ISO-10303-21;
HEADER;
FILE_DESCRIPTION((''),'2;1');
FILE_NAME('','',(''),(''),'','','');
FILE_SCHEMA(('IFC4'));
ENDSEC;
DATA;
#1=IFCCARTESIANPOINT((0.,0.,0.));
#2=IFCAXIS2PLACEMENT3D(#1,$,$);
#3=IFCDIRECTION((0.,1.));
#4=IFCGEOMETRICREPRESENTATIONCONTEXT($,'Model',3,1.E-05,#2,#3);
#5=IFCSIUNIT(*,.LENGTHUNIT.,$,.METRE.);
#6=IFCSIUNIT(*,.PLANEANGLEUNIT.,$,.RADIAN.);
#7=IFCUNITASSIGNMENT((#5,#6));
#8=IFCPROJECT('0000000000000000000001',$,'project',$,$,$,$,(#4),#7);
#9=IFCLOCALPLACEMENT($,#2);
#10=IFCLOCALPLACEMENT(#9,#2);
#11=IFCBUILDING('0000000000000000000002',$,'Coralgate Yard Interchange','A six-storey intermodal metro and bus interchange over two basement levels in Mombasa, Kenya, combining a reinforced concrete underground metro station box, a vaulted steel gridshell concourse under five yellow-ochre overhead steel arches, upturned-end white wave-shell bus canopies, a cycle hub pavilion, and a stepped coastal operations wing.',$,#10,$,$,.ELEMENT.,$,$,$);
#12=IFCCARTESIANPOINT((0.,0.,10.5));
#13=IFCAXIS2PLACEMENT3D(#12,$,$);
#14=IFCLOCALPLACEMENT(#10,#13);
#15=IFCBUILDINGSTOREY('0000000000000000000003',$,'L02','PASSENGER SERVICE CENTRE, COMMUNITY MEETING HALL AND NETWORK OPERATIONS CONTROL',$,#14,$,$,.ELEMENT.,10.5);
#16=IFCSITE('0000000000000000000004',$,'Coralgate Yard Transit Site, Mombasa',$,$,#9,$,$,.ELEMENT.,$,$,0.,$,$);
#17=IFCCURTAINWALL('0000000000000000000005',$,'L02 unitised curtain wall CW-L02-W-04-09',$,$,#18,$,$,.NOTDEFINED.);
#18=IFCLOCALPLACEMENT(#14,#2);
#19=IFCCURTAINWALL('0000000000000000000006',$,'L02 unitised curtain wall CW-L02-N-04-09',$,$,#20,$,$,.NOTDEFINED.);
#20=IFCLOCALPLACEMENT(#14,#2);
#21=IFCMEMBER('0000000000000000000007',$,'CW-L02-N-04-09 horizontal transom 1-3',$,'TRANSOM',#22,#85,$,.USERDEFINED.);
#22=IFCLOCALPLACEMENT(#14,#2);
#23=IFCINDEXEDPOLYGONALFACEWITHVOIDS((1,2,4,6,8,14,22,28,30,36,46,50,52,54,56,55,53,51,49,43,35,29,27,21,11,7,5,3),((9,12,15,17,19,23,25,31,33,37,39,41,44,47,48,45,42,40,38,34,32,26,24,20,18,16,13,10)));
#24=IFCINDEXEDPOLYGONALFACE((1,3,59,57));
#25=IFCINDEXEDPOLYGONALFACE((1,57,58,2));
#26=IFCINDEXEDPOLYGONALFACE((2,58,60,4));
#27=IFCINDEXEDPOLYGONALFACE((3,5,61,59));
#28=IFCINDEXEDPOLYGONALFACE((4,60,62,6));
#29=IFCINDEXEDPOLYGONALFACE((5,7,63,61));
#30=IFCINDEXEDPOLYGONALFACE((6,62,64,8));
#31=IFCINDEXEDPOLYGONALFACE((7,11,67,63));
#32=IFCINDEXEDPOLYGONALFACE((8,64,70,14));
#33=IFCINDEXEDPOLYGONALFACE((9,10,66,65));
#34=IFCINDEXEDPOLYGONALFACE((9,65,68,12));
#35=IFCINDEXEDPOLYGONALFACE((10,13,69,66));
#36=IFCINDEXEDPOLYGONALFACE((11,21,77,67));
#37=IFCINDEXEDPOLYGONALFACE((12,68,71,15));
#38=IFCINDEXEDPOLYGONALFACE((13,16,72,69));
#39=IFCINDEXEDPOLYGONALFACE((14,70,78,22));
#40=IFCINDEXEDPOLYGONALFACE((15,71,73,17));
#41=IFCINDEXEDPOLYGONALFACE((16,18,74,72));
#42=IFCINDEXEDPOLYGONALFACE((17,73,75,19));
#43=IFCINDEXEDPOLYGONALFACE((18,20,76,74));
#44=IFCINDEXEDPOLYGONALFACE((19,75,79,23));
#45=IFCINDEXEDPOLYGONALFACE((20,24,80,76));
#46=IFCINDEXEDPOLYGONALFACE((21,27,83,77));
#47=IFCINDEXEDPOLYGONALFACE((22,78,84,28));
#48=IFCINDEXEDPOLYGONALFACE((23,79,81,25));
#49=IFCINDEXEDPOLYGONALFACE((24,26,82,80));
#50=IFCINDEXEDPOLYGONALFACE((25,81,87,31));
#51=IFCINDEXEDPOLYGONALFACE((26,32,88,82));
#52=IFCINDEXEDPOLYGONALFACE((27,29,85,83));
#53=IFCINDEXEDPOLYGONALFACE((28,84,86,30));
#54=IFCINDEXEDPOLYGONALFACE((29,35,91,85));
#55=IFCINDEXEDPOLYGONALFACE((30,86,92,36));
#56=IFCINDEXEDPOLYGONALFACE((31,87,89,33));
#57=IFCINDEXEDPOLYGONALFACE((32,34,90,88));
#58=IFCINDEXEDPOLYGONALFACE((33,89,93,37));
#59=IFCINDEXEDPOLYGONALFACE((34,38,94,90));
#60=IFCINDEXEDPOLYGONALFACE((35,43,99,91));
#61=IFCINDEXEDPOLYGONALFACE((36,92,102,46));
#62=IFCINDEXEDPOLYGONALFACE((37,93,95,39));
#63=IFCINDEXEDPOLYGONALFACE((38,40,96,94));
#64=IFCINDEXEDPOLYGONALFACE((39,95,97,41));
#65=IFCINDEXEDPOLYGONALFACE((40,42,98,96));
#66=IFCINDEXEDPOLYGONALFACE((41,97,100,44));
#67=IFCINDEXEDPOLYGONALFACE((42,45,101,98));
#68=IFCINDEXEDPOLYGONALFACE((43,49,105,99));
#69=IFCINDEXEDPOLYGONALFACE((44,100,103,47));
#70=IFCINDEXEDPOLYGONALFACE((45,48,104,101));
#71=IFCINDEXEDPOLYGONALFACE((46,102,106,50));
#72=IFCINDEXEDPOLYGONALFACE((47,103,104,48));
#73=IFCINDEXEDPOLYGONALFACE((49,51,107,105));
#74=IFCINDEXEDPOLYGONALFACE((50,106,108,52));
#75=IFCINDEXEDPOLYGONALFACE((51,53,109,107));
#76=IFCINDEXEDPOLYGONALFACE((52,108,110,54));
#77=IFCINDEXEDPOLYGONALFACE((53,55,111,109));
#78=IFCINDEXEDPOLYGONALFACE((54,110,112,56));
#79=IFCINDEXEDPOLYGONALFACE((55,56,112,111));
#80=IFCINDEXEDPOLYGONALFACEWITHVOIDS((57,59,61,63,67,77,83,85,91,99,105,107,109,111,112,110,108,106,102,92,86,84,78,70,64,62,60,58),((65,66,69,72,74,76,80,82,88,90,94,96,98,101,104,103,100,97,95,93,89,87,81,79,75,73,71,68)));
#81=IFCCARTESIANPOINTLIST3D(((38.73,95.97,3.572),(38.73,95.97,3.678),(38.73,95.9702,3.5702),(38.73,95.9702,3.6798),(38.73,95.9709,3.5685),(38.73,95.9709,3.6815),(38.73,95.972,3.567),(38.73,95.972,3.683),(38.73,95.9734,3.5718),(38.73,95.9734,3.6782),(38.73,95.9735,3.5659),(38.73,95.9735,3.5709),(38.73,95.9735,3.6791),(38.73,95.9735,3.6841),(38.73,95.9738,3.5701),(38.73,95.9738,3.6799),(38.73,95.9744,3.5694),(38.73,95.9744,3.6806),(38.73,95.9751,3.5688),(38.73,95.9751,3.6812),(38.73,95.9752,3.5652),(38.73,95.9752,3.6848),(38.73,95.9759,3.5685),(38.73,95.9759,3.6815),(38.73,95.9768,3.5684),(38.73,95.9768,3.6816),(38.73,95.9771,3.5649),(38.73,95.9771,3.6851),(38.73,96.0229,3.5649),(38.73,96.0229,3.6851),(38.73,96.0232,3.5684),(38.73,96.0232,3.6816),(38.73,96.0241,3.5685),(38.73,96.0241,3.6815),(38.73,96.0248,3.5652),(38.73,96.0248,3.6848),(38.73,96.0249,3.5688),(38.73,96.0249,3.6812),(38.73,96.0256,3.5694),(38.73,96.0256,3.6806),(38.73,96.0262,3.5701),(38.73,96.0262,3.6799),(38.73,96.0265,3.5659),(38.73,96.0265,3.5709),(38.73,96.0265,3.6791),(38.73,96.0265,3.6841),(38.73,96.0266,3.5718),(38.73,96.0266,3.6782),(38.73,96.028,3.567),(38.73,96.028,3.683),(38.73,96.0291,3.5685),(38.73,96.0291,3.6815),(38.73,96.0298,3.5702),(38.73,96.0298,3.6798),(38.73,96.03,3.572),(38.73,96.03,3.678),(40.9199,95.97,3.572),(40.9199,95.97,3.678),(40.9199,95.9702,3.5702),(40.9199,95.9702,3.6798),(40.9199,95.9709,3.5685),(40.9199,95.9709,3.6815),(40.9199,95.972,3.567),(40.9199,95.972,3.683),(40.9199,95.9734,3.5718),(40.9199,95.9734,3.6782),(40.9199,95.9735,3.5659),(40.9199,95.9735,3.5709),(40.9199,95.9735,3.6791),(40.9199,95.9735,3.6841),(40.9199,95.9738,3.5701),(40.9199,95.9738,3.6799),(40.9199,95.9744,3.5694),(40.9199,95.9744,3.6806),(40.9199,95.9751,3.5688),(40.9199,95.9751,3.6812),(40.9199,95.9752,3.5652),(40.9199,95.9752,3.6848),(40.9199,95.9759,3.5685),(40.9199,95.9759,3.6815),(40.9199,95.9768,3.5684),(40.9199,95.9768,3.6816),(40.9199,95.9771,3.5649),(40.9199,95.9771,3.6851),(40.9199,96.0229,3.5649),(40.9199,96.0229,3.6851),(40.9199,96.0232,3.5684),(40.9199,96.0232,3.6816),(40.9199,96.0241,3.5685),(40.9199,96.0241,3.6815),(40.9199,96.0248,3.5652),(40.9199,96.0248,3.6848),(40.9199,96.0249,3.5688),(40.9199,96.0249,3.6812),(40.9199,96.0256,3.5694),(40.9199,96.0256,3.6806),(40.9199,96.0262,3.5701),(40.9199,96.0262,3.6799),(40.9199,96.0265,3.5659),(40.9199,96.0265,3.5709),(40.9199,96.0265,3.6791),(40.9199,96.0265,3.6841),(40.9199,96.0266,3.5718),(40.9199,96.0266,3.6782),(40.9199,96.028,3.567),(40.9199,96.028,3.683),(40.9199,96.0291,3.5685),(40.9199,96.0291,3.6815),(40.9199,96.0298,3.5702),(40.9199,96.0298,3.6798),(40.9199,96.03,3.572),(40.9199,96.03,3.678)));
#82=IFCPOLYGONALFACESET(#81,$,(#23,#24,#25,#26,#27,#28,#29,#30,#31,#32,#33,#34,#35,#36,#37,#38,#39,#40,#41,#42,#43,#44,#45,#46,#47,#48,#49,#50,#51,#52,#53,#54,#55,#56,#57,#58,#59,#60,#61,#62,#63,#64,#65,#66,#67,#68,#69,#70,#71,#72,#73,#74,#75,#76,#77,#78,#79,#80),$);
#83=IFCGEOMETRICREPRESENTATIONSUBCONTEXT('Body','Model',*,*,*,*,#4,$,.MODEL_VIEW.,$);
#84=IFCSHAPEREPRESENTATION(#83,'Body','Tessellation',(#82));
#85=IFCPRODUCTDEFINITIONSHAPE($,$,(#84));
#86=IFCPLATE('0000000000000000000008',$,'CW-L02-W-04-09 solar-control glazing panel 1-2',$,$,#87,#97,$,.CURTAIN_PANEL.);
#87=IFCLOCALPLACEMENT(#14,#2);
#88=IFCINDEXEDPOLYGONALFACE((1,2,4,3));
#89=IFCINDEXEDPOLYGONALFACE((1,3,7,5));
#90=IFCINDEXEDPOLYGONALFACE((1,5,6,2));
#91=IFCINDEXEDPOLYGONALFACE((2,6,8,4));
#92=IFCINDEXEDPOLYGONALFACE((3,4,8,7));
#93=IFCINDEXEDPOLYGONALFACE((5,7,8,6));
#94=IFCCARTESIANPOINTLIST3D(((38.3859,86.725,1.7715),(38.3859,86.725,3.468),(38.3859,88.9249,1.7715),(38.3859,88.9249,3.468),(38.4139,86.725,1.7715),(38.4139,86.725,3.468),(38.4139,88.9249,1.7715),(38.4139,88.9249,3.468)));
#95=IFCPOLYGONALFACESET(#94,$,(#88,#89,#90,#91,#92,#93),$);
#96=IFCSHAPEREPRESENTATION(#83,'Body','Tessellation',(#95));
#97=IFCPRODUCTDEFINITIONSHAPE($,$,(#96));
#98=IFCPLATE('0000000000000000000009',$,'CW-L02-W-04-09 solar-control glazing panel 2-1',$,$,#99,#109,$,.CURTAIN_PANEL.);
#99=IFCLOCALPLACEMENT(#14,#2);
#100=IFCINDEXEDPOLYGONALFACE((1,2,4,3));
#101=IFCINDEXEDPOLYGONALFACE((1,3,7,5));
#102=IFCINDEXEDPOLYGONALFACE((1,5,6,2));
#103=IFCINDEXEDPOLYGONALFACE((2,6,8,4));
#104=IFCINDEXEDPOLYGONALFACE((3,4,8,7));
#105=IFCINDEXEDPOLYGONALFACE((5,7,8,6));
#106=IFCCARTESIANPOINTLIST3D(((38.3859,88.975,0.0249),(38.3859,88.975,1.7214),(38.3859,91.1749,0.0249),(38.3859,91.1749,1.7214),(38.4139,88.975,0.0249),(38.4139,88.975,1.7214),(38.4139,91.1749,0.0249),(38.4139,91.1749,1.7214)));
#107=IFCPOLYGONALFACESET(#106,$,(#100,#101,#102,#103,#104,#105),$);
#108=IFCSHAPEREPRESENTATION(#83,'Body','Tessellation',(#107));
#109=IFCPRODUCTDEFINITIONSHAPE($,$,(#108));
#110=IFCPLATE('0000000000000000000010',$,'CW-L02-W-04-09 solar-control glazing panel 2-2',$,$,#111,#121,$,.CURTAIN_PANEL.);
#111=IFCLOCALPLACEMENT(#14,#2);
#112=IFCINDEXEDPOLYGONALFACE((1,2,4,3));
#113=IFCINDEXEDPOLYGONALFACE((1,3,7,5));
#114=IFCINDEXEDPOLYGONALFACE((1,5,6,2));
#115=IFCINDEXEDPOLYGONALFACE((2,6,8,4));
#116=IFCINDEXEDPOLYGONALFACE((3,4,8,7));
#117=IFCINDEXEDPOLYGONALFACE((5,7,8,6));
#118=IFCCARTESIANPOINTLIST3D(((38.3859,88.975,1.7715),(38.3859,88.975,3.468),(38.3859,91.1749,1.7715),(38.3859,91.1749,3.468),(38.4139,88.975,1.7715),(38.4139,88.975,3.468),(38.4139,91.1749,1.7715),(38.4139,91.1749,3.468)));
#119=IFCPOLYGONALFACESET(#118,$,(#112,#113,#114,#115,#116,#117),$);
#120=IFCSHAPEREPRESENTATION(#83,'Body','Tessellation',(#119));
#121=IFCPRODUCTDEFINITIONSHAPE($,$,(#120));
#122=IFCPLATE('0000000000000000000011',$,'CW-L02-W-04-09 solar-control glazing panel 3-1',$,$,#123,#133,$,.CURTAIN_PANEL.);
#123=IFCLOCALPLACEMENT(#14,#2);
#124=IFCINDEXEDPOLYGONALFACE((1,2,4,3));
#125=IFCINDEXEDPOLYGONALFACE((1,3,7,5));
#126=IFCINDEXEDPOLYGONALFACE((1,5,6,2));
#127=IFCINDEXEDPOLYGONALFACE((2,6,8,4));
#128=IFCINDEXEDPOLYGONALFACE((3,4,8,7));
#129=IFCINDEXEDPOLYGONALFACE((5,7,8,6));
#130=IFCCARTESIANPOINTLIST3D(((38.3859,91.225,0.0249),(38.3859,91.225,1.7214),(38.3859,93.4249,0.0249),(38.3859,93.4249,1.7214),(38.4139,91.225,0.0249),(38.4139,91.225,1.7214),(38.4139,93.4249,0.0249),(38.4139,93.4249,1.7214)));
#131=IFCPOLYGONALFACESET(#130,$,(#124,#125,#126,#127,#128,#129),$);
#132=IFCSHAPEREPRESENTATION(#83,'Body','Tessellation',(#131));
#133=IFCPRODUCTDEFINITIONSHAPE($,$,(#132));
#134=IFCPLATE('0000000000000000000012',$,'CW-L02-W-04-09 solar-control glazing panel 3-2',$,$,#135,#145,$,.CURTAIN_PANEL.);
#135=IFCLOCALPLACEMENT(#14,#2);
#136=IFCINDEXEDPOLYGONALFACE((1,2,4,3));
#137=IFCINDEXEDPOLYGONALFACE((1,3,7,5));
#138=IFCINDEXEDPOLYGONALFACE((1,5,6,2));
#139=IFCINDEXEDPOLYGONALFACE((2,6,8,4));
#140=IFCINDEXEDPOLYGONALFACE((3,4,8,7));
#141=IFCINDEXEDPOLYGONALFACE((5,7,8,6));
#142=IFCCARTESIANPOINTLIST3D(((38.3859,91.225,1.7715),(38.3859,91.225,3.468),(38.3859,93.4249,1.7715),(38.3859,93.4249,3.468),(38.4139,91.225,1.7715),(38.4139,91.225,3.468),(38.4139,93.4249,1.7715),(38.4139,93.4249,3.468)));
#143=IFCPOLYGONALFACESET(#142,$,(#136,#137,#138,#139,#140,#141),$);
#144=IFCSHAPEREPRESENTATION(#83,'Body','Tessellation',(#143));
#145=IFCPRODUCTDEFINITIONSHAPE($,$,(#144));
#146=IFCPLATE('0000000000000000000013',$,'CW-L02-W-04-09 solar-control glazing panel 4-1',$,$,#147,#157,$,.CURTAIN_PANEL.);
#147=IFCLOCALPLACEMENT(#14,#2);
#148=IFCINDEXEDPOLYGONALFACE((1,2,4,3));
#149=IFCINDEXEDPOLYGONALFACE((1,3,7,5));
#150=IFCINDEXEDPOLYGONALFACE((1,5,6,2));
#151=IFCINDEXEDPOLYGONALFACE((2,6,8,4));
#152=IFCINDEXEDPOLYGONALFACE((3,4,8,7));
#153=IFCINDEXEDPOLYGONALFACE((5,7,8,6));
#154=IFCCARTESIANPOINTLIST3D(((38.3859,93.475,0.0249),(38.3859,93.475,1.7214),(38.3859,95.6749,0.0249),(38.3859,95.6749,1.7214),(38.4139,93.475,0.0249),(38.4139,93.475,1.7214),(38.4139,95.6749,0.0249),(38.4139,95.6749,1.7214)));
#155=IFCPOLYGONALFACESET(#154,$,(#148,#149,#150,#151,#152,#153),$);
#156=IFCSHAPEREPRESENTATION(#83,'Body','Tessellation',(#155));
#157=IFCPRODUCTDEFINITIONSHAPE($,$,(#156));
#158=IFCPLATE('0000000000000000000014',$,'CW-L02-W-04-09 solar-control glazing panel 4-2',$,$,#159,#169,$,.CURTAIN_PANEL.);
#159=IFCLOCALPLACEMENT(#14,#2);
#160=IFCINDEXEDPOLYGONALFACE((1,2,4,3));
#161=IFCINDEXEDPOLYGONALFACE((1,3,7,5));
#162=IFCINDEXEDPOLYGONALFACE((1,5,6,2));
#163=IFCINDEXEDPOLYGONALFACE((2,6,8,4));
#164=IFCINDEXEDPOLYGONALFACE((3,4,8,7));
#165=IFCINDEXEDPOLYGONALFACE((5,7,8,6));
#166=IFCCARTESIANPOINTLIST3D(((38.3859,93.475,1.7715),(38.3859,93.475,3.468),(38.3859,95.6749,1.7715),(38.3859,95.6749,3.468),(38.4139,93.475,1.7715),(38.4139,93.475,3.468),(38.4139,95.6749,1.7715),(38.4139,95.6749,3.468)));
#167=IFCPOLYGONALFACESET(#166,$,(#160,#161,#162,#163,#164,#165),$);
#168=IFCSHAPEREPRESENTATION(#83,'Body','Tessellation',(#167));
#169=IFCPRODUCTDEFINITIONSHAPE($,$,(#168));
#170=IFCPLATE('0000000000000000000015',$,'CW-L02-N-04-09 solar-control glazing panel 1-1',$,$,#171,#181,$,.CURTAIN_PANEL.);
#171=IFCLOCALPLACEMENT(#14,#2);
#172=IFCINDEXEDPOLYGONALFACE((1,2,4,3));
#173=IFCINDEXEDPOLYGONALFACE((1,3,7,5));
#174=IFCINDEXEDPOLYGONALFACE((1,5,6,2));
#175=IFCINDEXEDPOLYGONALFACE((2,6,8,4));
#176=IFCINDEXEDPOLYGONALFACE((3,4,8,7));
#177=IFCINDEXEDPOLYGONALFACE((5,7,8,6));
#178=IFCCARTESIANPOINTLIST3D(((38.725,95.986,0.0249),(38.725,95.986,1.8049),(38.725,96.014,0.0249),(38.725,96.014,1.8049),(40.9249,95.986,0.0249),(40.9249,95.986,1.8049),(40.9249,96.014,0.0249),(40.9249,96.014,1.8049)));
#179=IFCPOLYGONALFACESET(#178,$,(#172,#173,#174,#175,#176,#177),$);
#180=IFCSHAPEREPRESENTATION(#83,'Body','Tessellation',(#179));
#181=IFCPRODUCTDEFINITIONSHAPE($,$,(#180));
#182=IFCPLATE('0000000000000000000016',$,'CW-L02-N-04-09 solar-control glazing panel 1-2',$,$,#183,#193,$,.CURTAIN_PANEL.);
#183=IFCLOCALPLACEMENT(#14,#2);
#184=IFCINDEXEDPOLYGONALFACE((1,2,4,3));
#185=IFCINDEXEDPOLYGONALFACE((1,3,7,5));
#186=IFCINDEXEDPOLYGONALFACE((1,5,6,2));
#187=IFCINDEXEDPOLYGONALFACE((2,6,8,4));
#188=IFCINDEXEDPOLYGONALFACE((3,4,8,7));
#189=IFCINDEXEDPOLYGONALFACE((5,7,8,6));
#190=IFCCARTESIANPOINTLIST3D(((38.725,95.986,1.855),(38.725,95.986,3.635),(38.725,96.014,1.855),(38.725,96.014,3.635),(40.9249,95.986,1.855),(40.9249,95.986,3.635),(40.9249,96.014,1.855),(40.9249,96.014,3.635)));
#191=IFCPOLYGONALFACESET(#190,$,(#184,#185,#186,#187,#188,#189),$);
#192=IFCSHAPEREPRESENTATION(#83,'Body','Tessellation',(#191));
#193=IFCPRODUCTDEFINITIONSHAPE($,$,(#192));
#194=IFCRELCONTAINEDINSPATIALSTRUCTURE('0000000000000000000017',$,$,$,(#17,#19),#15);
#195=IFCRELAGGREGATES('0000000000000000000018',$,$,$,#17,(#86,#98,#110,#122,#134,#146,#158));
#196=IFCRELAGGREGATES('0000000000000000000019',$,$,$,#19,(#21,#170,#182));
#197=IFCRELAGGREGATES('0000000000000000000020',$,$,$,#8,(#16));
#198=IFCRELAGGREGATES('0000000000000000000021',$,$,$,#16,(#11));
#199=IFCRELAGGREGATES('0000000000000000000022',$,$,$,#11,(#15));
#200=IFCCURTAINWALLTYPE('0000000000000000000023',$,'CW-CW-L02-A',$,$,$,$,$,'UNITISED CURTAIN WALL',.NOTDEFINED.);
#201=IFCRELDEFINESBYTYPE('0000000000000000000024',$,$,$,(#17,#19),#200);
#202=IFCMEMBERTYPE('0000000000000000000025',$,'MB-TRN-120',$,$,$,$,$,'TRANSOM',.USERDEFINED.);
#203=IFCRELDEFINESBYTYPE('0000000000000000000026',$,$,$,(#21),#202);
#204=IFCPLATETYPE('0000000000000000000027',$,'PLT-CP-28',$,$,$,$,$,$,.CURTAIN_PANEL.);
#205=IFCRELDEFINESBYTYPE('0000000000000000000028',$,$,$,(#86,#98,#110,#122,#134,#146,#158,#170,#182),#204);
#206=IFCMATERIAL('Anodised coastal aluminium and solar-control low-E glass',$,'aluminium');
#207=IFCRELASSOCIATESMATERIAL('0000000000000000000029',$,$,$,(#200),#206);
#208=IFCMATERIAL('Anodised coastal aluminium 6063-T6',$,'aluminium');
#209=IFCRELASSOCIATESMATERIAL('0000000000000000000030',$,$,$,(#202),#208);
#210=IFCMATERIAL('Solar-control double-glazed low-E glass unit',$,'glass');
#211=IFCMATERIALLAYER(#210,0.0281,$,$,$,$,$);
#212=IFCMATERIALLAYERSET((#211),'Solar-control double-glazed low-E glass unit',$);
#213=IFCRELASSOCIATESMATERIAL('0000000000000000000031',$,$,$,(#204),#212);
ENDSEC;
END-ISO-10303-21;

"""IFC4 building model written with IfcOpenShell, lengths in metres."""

from ifc_helpers import new_model, si_unit, direction, frame, origin, origin_2d, place, context, subcontext, project, spatial, rectangle, hollow_rectangle, extrude, material, layer, layer_set, material_profile, profile_set, type_object, element, aggregate, save


model = new_model("IFC4")

# Units and contexts
model_context = context("Model", 3, precision=1e-05, world=origin(), true_north=direction((0.0, 1.0)))
body_context = subcontext(model_context, "Body", "Model", "MODEL_VIEW")
ifc_project = project(units=[si_unit("LENGTHUNIT", "METRE"), si_unit("PLANEANGLEUNIT", "RADIAN")], contexts=[model_context])

# Site, building, storey
site_placement = place(None, origin())
site = spatial("IfcSite", under=ifc_project, at=site_placement, Name="Coralgate Yard Transit Site, Mombasa", CompositionType="ELEMENT", RefElevation=0.0)
building_placement = place(site_placement, origin())
building = spatial("IfcBuilding", under=site, at=building_placement, Name="Coralgate Yard Interchange", Description="A six-storey intermodal metro and bus interchange over two basement levels in Mombasa, Kenya, combining a reinforced concrete underground metro station box, a vaulted steel gridshell concourse under five yellow-ochre overhead steel arches, upturned-end white wave-shell bus canopies, a cycle hub pavilion, and a stepped coastal operations wing.", CompositionType="ELEMENT")
storey_placement = place(building_placement, frame((0.0, 0.0, 10.5)))
storey = spatial("IfcBuildingStorey", under=building, at=storey_placement, Name="L02", Description="PASSENGER SERVICE CENTRE, COMMUNITY MEETING HALL AND NETWORK OPERATIONS CONTROL", CompositionType="ELEMENT", Elevation=10.5)

# Curtain walls
ifc_material_1 = material(Name="Anodised coastal aluminium and solar-control low-E glass", Category="aluminium")
curtain_wall_type = type_object("IfcCurtainWallType", Name="CW-CW-L02-A", ElementType="UNITISED CURTAIN WALL", PredefinedType="NOTDEFINED", material=ifc_material_1)
curtain_wall_1_placement = place(storey_placement, origin())
curtain_wall_1 = element("IfcCurtainWall", 1, at=curtain_wall_1_placement, inside=storey, type_object=curtain_wall_type, Name="L02 unitised curtain wall CW-L02-W-04-09", PredefinedType="NOTDEFINED")
ifc_material_2 = material(Name="Anodised coastal aluminium 6063-T6", Category="aluminium")
curtain_wall_2_placement = place(storey_placement, origin())
curtain_wall_2 = element("IfcCurtainWall", 2, at=curtain_wall_2_placement, inside=storey, type_object=curtain_wall_type, Name="L02 unitised curtain wall CW-L02-N-04-09", PredefinedType="NOTDEFINED")

# Member
ifc_material_profile_1 = material_profile(ifc_material_2, hollow_rectangle(XDim=0.0601, YDim=0.1201, WallThickness=0.0034, InnerFilletRadius=0.0034, OuterFilletRadius=0.0071, at=origin_2d()), Name="ALU 60x120x3.5")
ifc_profile_set_1 = profile_set([ifc_material_profile_1], Name="Anodised coastal aluminium 6063-T6")
member_type_1 = type_object("IfcMemberType", Name="MB-TRN-120", ElementType="TRANSOM", PredefinedType="USERDEFINED", material=ifc_profile_set_1)
member_1_placement = place(storey_placement, frame((38.73, 96.0, 3.625), z_axis=(1.0, 0.0, 0.0), x_axis=(0.0, 1.0, 0.0)))
member_1 = element("IfcMember", 3, at=member_1_placement, type_object=member_type_1, Name="CW-L02-N-04-09 horizontal transom 1-3", ObjectType="TRANSOM", PredefinedType="USERDEFINED", context=body_context, shape_type="SweptSolid", body=[
    extrude(hollow_rectangle(XDim=0.0601, YDim=0.1201, WallThickness=0.0034, InnerFilletRadius=0.0034, OuterFilletRadius=0.0071, at=origin_2d()), origin(), (0.0, 0.0, 1.0), 2.1899),
])

# Plates
ifc_material_3 = material(Name="Solar-control double-glazed low-E glass unit", Category="glass")
ifc_layer_1 = layer(ifc_material_3, 0.0281)
ifc_layer_set_1 = layer_set([ifc_layer_1], Name="Solar-control double-glazed low-E glass unit")
plate_type = type_object("IfcPlateType", Name="PLT-CP-28", PredefinedType="CURTAIN_PANEL", material=ifc_layer_set_1)
plate_1_placement = place(storey_placement, frame((38.3999, 87.825, 1.7715), z_axis=(0.0, 0.0, 1.0), x_axis=(0.0, 1.0, 0.0)))
plate_1 = element("IfcPlate", 4, at=plate_1_placement, type_object=plate_type, Name="CW-L02-W-04-09 solar-control glazing panel 1-2", PredefinedType="CURTAIN_PANEL", context=body_context, shape_type="SweptSolid", body=[
    extrude(rectangle(XDim=2.2, YDim=0.0281, at=origin_2d()), origin(), (0.0, 0.0, 1.0), 1.6965),
])
plate_2_placement = place(storey_placement, frame((38.3999, 90.075, 0.0249), z_axis=(0.0, 0.0, 1.0), x_axis=(0.0, 1.0, 0.0)))
plate_2 = element("IfcPlate", 5, at=plate_2_placement, type_object=plate_type, Name="CW-L02-W-04-09 solar-control glazing panel 2-1", PredefinedType="CURTAIN_PANEL", context=body_context, shape_type="SweptSolid", body=[
    extrude(rectangle(XDim=2.2, YDim=0.0281, at=origin_2d()), origin(), (0.0, 0.0, 1.0), 1.6965),
])
plate_3_placement = place(storey_placement, frame((38.3999, 90.075, 1.7715), z_axis=(0.0, 0.0, 1.0), x_axis=(0.0, 1.0, 0.0)))
plate_3 = element("IfcPlate", 6, at=plate_3_placement, type_object=plate_type, Name="CW-L02-W-04-09 solar-control glazing panel 2-2", PredefinedType="CURTAIN_PANEL", context=body_context, shape_type="SweptSolid", body=[
    extrude(rectangle(XDim=2.2, YDim=0.0281, at=origin_2d()), origin(), (0.0, 0.0, 1.0), 1.6965),
])
plate_4_placement = place(storey_placement, frame((38.3999, 92.325, 0.0249), z_axis=(0.0, 0.0, 1.0), x_axis=(0.0, 1.0, 0.0)))
plate_4 = element("IfcPlate", 7, at=plate_4_placement, type_object=plate_type, Name="CW-L02-W-04-09 solar-control glazing panel 3-1", PredefinedType="CURTAIN_PANEL", context=body_context, shape_type="SweptSolid", body=[
    extrude(rectangle(XDim=2.2, YDim=0.0281, at=origin_2d()), origin(), (0.0, 0.0, 1.0), 1.6965),
])
plate_5_placement = place(storey_placement, frame((38.3999, 92.325, 1.7715), z_axis=(0.0, 0.0, 1.0), x_axis=(0.0, 1.0, 0.0)))
plate_5 = element("IfcPlate", 8, at=plate_5_placement, type_object=plate_type, Name="CW-L02-W-04-09 solar-control glazing panel 3-2", PredefinedType="CURTAIN_PANEL", context=body_context, shape_type="SweptSolid", body=[
    extrude(rectangle(XDim=2.2, YDim=0.0281, at=origin_2d()), origin(), (0.0, 0.0, 1.0), 1.6965),
])
plate_6_placement = place(storey_placement, frame((38.3999, 94.575, 0.0249), z_axis=(0.0, 0.0, 1.0), x_axis=(0.0, 1.0, 0.0)))
plate_6 = element("IfcPlate", 9, at=plate_6_placement, type_object=plate_type, Name="CW-L02-W-04-09 solar-control glazing panel 4-1", PredefinedType="CURTAIN_PANEL", context=body_context, shape_type="SweptSolid", body=[
    extrude(rectangle(XDim=2.2, YDim=0.0281, at=origin_2d()), origin(), (0.0, 0.0, 1.0), 1.6965),
])
plate_7_placement = place(storey_placement, frame((38.3999, 94.575, 1.7715), z_axis=(0.0, 0.0, 1.0), x_axis=(0.0, 1.0, 0.0)))
plate_7 = element("IfcPlate", 10, at=plate_7_placement, type_object=plate_type, Name="CW-L02-W-04-09 solar-control glazing panel 4-2", PredefinedType="CURTAIN_PANEL", context=body_context, shape_type="SweptSolid", body=[
    extrude(rectangle(XDim=2.2, YDim=0.0281, at=origin_2d()), origin(), (0.0, 0.0, 1.0), 1.6965),
])
aggregate(curtain_wall_1, [plate_1, plate_2, plate_3, plate_4, plate_5, plate_6, plate_7])
plate_8_placement = place(storey_placement, frame((39.825, 96.0, 0.0249), z_axis=(0.0, 0.0, 1.0), x_axis=(1.0, 0.0, 0.0)))
plate_8 = element("IfcPlate", 11, at=plate_8_placement, type_object=plate_type, Name="CW-L02-N-04-09 solar-control glazing panel 1-1", PredefinedType="CURTAIN_PANEL", context=body_context, shape_type="SweptSolid", body=[
    extrude(rectangle(XDim=2.2, YDim=0.0281, at=origin_2d()), origin(), (0.0, 0.0, 1.0), 1.78),
])
plate_9_placement = place(storey_placement, frame((39.825, 96.0, 1.855), z_axis=(0.0, 0.0, 1.0), x_axis=(1.0, 0.0, 0.0)))
plate_9 = element("IfcPlate", 12, at=plate_9_placement, type_object=plate_type, Name="CW-L02-N-04-09 solar-control glazing panel 1-2", PredefinedType="CURTAIN_PANEL", context=body_context, shape_type="SweptSolid", body=[
    extrude(rectangle(XDim=2.2, YDim=0.0281, at=origin_2d()), origin(), (0.0, 0.0, 1.0), 1.78),
])
aggregate(curtain_wall_2, [member_1, plate_8, plate_9])

save(model, "model.ifc")
